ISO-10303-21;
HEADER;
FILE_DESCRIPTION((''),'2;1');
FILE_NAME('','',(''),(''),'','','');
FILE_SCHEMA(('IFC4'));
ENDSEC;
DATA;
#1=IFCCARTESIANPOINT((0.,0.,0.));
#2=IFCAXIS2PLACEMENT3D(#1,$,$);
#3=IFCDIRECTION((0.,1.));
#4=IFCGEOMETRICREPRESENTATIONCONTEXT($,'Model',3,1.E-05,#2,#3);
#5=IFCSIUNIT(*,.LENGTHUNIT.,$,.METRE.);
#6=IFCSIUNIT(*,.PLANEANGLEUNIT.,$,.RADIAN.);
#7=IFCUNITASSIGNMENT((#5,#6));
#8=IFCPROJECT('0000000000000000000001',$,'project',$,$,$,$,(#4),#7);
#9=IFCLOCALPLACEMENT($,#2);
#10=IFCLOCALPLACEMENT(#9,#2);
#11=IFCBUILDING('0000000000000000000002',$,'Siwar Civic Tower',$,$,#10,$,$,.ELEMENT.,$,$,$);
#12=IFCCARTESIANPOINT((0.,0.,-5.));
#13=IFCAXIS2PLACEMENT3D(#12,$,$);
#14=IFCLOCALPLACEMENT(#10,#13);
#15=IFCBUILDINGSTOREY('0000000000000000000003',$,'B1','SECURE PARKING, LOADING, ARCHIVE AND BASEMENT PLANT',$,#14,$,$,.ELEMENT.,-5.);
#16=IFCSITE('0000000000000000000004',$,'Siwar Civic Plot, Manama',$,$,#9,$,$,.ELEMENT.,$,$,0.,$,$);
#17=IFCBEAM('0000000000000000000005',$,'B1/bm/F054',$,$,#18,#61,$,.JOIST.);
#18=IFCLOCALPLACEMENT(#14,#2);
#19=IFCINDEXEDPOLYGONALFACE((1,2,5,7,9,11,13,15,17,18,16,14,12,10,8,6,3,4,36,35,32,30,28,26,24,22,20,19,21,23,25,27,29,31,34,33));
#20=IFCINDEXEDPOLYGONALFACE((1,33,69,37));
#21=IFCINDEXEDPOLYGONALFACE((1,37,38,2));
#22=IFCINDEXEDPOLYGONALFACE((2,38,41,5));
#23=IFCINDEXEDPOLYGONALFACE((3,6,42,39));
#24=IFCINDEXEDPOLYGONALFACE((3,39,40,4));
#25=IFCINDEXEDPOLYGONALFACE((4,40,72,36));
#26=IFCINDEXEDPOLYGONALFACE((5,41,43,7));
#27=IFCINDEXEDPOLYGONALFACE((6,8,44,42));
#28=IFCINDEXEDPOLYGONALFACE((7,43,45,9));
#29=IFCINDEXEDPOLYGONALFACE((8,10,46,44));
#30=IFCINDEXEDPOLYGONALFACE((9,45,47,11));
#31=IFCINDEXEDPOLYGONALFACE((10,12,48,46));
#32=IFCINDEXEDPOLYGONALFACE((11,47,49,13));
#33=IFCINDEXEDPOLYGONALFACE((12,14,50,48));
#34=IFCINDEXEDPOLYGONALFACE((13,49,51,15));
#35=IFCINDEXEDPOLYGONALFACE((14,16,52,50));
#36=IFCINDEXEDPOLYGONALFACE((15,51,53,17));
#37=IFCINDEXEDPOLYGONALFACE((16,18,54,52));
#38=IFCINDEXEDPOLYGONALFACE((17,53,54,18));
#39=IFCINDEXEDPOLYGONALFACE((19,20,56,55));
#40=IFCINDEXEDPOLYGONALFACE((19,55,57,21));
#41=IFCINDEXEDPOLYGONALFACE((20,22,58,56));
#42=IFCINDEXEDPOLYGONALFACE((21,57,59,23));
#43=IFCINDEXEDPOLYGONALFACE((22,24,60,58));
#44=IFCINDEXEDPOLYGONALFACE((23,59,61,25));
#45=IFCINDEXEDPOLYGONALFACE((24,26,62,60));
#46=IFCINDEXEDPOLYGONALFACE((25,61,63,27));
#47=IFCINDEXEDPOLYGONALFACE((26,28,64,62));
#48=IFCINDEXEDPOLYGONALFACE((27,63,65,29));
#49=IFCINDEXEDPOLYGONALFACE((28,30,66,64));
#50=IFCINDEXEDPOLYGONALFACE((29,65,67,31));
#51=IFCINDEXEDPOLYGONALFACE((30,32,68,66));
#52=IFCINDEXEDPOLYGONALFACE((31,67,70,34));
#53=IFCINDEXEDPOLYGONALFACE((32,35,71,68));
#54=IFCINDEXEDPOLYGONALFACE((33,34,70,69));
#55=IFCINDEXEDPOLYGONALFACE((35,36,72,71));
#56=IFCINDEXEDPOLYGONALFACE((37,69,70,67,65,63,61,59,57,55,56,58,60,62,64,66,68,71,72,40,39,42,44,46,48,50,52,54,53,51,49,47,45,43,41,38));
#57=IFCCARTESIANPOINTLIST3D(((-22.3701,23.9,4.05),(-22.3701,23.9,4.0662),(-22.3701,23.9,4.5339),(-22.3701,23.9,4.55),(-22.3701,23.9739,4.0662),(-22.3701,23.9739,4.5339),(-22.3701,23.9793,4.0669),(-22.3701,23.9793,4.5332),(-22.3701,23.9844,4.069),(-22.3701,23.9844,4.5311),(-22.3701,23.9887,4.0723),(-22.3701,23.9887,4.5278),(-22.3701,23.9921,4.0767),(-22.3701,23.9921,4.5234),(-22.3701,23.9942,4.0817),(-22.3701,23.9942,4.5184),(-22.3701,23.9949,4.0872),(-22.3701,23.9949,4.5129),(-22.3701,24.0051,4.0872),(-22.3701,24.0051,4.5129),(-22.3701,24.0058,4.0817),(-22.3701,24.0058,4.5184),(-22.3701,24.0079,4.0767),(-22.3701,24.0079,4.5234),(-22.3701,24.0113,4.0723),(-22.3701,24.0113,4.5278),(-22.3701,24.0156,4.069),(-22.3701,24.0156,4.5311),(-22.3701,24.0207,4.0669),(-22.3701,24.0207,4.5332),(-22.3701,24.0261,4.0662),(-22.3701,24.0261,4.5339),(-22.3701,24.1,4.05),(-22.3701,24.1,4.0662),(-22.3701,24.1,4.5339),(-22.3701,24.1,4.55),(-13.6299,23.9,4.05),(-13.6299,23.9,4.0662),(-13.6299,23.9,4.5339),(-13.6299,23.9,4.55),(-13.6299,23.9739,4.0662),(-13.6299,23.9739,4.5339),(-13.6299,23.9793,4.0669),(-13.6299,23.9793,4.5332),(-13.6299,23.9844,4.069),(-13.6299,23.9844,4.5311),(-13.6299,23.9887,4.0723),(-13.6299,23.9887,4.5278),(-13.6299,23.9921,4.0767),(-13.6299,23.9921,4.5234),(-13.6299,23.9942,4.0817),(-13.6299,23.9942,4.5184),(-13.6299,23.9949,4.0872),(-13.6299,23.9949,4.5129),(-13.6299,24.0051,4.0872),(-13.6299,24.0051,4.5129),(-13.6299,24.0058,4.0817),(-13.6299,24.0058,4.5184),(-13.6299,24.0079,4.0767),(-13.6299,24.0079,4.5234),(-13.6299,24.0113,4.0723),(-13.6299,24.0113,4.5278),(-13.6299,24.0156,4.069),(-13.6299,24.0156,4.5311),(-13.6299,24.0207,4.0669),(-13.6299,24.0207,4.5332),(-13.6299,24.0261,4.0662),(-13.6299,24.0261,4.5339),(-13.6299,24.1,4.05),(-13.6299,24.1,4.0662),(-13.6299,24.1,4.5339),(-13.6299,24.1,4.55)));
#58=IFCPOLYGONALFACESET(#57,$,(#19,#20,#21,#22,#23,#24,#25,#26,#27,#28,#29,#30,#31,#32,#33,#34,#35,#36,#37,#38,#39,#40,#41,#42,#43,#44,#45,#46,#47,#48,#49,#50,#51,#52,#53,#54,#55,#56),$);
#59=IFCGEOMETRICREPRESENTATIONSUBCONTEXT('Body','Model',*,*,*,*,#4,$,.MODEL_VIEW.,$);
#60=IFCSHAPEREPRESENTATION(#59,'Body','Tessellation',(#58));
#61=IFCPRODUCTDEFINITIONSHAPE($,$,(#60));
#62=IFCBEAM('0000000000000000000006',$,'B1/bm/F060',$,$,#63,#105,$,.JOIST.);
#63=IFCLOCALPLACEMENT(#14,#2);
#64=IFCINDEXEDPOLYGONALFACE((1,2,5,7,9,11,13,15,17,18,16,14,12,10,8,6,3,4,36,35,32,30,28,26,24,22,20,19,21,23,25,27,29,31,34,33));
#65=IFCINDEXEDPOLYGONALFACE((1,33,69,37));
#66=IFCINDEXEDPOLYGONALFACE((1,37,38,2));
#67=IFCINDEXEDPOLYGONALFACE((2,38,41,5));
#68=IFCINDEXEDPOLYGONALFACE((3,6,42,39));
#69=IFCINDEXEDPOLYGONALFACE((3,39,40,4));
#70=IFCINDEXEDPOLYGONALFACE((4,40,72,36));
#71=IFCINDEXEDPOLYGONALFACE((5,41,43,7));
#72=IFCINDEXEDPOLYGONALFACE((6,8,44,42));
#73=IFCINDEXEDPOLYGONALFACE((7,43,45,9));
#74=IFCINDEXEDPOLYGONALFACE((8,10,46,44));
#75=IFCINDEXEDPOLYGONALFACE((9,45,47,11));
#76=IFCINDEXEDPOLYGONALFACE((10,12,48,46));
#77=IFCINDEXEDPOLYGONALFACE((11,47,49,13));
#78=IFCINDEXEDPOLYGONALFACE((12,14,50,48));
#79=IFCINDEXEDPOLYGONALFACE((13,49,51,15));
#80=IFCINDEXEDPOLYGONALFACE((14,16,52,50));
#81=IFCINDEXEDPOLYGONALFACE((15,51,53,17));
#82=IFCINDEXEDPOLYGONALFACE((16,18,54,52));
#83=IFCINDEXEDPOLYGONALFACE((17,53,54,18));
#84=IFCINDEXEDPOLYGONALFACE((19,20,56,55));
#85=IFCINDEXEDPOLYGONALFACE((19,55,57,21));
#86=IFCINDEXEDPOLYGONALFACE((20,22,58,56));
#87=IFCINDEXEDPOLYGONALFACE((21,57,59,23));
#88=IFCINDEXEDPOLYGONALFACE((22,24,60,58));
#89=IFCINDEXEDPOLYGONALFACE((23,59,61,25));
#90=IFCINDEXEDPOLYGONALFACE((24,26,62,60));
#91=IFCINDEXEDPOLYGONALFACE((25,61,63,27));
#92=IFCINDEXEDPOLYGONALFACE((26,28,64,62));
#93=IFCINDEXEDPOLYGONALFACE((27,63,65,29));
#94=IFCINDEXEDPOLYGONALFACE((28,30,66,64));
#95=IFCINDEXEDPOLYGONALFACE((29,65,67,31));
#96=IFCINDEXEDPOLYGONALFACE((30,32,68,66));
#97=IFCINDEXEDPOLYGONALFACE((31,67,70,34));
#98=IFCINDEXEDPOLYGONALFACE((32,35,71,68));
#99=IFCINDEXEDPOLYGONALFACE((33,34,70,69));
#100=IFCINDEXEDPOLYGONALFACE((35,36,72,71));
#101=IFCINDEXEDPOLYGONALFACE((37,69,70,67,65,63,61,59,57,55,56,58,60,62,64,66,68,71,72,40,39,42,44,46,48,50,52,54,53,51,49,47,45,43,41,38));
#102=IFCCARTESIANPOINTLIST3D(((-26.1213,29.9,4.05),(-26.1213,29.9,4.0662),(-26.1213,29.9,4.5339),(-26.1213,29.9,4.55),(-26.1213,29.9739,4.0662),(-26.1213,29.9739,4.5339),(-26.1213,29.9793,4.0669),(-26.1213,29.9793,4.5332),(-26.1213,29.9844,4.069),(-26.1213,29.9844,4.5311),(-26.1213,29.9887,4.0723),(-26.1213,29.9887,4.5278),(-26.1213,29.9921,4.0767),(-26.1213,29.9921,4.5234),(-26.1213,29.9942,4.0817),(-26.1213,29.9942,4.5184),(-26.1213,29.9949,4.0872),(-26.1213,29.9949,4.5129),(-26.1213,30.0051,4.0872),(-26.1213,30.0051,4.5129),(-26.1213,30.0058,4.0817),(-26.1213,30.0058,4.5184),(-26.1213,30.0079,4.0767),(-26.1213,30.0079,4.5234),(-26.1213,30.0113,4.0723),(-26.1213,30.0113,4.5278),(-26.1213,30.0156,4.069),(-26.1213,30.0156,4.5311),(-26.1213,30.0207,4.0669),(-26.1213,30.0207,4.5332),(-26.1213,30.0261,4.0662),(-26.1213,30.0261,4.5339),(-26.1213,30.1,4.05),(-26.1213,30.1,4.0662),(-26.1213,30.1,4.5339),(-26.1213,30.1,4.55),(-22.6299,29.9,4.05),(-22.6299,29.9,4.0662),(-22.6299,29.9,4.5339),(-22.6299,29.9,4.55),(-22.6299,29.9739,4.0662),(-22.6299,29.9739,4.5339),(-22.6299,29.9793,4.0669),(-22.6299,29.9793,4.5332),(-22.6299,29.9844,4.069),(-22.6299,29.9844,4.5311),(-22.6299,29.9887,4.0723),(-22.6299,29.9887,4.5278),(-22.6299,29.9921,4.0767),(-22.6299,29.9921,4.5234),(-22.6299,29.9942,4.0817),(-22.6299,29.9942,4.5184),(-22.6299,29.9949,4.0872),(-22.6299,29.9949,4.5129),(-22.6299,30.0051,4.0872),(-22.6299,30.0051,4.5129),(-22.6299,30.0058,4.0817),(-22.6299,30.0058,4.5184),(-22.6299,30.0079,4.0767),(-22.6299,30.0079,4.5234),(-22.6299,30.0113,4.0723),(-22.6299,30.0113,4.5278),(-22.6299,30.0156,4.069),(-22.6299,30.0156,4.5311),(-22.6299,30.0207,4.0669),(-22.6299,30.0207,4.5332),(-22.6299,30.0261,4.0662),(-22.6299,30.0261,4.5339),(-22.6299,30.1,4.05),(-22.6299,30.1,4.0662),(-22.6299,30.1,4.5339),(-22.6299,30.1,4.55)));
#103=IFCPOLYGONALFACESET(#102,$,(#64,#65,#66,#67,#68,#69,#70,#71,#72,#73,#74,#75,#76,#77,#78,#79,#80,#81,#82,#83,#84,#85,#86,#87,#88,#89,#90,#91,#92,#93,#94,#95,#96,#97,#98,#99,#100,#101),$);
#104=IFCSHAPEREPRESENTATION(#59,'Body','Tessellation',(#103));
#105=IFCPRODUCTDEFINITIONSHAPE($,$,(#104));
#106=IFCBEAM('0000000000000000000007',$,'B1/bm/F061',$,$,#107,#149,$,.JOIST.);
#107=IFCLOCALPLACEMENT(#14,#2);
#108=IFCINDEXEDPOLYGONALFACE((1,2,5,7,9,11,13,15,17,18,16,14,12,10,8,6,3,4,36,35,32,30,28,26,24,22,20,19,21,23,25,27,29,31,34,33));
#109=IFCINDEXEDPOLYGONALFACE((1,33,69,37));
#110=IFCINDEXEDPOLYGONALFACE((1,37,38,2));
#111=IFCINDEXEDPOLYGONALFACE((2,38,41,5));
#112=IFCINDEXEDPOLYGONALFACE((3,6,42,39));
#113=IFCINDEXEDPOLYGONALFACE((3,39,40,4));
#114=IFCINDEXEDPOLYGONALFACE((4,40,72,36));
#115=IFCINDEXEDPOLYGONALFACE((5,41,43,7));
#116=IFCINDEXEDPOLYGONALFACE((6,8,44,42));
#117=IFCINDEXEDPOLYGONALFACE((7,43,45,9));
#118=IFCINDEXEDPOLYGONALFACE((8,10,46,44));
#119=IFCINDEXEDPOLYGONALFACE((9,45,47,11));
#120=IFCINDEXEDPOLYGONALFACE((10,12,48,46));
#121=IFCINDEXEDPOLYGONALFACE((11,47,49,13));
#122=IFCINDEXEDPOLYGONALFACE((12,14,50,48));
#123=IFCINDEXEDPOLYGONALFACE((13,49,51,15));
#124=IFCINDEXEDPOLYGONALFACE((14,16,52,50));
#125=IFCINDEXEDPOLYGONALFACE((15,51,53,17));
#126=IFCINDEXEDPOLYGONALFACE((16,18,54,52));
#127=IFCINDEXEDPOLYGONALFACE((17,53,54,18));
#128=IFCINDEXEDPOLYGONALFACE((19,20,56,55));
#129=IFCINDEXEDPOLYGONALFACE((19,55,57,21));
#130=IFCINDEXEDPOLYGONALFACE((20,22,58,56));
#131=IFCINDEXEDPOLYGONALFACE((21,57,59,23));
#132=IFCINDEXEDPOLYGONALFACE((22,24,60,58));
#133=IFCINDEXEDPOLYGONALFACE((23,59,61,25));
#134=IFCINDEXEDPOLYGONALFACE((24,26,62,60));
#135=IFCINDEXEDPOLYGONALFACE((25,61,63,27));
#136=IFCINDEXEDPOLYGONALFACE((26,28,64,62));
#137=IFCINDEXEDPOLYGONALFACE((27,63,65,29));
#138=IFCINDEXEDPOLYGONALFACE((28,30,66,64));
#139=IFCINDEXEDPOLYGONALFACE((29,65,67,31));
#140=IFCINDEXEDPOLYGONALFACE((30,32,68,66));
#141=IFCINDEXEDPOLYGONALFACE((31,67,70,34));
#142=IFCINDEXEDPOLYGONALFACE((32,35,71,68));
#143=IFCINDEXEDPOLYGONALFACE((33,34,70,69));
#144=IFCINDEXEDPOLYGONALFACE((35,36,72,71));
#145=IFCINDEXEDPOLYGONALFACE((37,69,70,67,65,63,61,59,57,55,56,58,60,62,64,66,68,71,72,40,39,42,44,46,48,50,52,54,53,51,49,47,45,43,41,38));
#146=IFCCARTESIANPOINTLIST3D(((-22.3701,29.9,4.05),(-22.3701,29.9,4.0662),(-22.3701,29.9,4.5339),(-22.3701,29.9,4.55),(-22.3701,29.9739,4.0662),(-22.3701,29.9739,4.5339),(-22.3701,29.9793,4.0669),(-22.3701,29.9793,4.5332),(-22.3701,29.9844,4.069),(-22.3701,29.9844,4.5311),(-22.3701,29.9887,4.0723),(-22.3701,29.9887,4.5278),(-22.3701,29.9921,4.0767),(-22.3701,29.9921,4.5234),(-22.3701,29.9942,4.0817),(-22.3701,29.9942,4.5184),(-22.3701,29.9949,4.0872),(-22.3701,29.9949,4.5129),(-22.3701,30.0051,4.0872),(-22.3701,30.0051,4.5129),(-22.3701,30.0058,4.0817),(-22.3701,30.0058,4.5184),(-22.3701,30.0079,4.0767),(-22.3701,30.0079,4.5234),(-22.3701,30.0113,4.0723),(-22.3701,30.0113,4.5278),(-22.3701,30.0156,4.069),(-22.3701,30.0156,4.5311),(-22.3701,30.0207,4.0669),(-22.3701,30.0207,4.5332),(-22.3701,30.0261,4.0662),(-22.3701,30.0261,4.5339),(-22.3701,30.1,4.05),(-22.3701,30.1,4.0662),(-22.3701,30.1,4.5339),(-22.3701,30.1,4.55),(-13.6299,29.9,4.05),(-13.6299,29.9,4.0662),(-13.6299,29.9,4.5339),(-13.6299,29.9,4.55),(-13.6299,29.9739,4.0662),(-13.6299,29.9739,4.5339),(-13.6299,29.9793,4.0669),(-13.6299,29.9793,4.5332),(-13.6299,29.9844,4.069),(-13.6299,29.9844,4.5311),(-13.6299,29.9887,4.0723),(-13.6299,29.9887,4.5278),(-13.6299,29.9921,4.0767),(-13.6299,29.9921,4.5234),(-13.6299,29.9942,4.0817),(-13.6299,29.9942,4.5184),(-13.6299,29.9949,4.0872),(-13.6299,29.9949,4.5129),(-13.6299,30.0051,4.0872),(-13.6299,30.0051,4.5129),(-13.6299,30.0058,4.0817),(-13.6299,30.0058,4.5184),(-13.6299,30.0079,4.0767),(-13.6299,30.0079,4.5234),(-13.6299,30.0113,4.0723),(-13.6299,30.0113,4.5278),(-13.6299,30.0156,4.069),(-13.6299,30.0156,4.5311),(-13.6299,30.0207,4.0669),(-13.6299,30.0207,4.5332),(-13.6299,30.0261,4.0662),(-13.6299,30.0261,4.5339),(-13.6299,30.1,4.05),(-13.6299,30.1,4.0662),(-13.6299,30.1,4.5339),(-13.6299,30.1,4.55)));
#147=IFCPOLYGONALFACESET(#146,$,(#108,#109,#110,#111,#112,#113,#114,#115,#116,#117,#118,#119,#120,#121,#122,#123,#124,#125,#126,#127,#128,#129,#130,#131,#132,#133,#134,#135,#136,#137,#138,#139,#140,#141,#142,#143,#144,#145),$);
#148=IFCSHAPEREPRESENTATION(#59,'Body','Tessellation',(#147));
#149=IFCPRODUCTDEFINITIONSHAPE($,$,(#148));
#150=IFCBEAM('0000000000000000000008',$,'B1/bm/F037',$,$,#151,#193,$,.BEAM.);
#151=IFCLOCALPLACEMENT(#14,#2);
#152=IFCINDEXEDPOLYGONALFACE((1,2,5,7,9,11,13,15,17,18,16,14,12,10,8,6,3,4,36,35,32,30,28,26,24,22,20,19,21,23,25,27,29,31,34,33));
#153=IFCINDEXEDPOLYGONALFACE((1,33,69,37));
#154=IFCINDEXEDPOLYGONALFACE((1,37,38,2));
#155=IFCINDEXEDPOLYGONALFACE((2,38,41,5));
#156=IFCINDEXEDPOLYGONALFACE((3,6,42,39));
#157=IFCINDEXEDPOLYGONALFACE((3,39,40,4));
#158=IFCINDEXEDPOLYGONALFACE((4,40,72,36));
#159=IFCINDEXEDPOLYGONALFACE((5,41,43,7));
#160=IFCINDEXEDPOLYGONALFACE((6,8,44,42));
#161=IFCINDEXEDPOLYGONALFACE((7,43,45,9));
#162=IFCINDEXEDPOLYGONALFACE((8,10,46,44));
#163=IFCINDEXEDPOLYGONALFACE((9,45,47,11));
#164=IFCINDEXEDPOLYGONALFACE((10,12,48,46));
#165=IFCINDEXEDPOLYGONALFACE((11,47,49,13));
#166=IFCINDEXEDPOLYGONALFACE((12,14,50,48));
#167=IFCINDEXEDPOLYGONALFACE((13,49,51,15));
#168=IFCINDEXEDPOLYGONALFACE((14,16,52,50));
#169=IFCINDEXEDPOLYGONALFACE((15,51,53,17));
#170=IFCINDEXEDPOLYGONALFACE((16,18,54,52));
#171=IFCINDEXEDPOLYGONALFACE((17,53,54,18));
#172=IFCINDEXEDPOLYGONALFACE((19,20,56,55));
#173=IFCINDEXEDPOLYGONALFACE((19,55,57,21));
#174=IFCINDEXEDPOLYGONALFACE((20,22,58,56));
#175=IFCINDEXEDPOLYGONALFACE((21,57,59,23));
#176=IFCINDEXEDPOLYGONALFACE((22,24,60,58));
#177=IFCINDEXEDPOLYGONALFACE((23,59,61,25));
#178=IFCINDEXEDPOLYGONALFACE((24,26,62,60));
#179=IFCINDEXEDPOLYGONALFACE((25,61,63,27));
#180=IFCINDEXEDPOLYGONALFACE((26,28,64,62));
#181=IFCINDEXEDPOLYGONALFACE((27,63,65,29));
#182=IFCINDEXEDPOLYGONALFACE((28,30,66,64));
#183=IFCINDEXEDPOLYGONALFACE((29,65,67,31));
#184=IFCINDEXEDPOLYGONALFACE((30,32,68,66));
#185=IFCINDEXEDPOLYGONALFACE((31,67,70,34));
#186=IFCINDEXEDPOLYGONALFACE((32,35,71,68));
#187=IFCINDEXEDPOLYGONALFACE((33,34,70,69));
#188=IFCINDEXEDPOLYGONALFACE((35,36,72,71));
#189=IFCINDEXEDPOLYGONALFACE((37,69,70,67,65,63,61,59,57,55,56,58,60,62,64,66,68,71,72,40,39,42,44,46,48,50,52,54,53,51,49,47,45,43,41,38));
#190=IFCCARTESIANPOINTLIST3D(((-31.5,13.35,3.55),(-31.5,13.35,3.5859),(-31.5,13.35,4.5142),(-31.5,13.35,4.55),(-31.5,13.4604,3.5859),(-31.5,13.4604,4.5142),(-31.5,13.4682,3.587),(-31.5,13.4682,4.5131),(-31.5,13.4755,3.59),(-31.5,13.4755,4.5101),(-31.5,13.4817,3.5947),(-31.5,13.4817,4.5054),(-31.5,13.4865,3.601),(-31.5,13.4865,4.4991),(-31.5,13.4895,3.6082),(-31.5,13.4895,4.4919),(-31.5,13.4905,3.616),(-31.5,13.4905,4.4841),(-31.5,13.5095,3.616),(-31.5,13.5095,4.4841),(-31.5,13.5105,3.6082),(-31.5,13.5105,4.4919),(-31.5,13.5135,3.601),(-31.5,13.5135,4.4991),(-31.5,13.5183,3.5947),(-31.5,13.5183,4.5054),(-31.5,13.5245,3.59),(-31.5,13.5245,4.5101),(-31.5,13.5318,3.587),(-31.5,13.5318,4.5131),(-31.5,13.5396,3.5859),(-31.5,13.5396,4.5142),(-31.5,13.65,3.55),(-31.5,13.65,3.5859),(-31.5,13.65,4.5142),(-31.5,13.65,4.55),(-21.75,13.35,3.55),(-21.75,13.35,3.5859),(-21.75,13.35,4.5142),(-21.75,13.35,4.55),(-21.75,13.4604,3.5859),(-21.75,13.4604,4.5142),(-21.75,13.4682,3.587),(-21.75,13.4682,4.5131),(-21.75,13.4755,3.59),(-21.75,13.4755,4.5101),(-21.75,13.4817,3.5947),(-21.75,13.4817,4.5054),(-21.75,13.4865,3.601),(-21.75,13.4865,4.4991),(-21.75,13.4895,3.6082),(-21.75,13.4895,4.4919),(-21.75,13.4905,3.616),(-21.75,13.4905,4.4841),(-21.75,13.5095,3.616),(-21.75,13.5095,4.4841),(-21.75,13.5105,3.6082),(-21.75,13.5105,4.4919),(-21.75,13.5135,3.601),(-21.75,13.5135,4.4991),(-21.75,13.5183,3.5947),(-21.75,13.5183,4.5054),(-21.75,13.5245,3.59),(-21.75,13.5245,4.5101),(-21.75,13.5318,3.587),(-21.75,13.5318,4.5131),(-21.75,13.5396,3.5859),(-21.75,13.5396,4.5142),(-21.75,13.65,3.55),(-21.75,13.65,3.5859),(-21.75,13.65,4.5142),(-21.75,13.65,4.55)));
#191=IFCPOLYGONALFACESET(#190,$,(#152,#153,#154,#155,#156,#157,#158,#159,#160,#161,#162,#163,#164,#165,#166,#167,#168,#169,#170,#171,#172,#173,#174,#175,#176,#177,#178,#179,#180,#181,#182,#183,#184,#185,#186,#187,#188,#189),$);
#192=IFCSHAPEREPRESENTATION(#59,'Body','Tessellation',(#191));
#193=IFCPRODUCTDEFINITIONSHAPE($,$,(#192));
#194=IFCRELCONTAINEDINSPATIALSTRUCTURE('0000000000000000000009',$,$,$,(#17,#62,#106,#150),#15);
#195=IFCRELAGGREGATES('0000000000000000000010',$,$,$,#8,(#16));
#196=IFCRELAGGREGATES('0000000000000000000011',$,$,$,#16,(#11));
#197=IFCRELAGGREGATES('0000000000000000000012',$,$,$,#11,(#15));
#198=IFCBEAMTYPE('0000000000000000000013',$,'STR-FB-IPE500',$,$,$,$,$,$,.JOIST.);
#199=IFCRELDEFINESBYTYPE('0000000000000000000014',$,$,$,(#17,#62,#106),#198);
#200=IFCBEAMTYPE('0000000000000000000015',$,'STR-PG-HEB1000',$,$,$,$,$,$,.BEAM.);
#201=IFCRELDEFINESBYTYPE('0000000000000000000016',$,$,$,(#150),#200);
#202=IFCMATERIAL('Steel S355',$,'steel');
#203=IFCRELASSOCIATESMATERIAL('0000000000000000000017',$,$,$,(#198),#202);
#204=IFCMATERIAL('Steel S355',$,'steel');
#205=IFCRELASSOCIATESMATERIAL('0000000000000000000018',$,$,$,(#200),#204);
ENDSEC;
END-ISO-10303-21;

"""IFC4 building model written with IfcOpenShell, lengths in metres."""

from ifc_helpers import new_model, si_unit, direction, frame, origin, origin_2d, place, context, subcontext, project, spatial, i_section, extrude, material, material_profile, profile_set, type_object, element, save


model = new_model("IFC4")

# Units and contexts
model_context = context("Model", 3, precision=1e-05, world=origin(), true_north=direction((0.0, 1.0)))
body_context = subcontext(model_context, "Body", "Model", "MODEL_VIEW")
ifc_project = project(units=[si_unit("LENGTHUNIT", "METRE"), si_unit("PLANEANGLEUNIT", "RADIAN")], contexts=[model_context])

# Site, building, storey
site_placement = place(None, origin())
site = spatial("IfcSite", under=ifc_project, at=site_placement, Name="Siwar Civic Plot, Manama", CompositionType="ELEMENT", RefElevation=0.0)
building_placement = place(site_placement, origin())
building = spatial("IfcBuilding", under=site, at=building_placement, Name="Siwar Civic Tower", CompositionType="ELEMENT")
storey_placement = place(building_placement, frame((0.0, 0.0, -5.0)))
storey = spatial("IfcBuildingStorey", under=building, at=storey_placement, Name="B1", Description="SECURE PARKING, LOADING, ARCHIVE AND BASEMENT PLANT", CompositionType="ELEMENT", Elevation=-5.0)

# Beams
ifc_material_1 = material(Name="Steel S355", Category="steel")
ifc_material_profile_1 = material_profile(ifc_material_1, i_section(OverallWidth=0.2, OverallDepth=0.5, WebThickness=0.0103, FlangeThickness=0.0161, FilletRadius=0.021, at=origin_2d()), Name="IPE500")
ifc_profile_set_1 = profile_set([ifc_material_profile_1], Name="Steel S355")
beam_type_1 = type_object("IfcBeamType", Name="STR-FB-IPE500", PredefinedType="JOIST", material=ifc_profile_set_1)
beam_1_placement = place(storey_placement, frame((-22.3701, 24.0, 4.3), z_axis=(1.0, 0.0, 0.0), x_axis=(0.0, 1.0, 0.0)))
element("IfcBeam", 1, at=beam_1_placement, inside=storey, type_object=beam_type_1, Name="B1/bm/F054", PredefinedType="JOIST", context=body_context, shape_type="SweptSolid", body=[
    extrude(i_section(OverallWidth=0.2, OverallDepth=0.5, WebThickness=0.0103, FlangeThickness=0.0161, FilletRadius=0.021, at=origin_2d()), origin(), (0.0, 0.0, 1.0), 8.7402),
])
beam_2_placement = place(storey_placement, frame((-26.1213, 30.0, 4.3), z_axis=(1.0, 0.0, 0.0), x_axis=(0.0, 1.0, 0.0)))
element("IfcBeam", 2, at=beam_2_placement, inside=storey, type_object=beam_type_1, Name="B1/bm/F060", PredefinedType="JOIST", context=body_context, shape_type="SweptSolid", body=[
    extrude(i_section(OverallWidth=0.2, OverallDepth=0.5, WebThickness=0.0103, FlangeThickness=0.0161, FilletRadius=0.021, at=origin_2d()), origin(), (0.0, 0.0, 1.0), 3.4915),
])
beam_3_placement = place(storey_placement, frame((-22.3701, 30.0, 4.3), z_axis=(1.0, 0.0, 0.0), x_axis=(0.0, 1.0, 0.0)))
element("IfcBeam", 3, at=beam_3_placement, inside=storey, type_object=beam_type_1, Name="B1/bm/F061", PredefinedType="JOIST", context=body_context, shape_type="SweptSolid", body=[
    extrude(i_section(OverallWidth=0.2, OverallDepth=0.5, WebThickness=0.0103, FlangeThickness=0.0161, FilletRadius=0.021, at=origin_2d()), origin(), (0.0, 0.0, 1.0), 8.7402),
])
ifc_material_2 = material(Name="Steel S355", Category="steel")
ifc_material_profile_2 = material_profile(ifc_material_2, i_section(OverallWidth=0.3, OverallDepth=1.0, WebThickness=0.019, FlangeThickness=0.0359, FilletRadius=0.03, at=origin_2d()), Name="HEB1000")
ifc_profile_set_2 = profile_set([ifc_material_profile_2], Name="Steel S355")
beam_type_2 = type_object("IfcBeamType", Name="STR-PG-HEB1000", PredefinedType="BEAM", material=ifc_profile_set_2)
beam_4_placement = place(storey_placement, frame((-31.5, 13.5, 4.05), z_axis=(1.0, 0.0, 0.0), x_axis=(0.0, 1.0, 0.0)))
element("IfcBeam", 4, at=beam_4_placement, inside=storey, type_object=beam_type_2, Name="B1/bm/F037", PredefinedType="BEAM", context=body_context, shape_type="SweptSolid", body=[
    extrude(i_section(OverallWidth=0.3, OverallDepth=1.0, WebThickness=0.019, FlangeThickness=0.0359, FilletRadius=0.03, at=origin_2d()), origin(), (0.0, 0.0, 1.0), 9.75),
])

save(model, "model.ifc")
